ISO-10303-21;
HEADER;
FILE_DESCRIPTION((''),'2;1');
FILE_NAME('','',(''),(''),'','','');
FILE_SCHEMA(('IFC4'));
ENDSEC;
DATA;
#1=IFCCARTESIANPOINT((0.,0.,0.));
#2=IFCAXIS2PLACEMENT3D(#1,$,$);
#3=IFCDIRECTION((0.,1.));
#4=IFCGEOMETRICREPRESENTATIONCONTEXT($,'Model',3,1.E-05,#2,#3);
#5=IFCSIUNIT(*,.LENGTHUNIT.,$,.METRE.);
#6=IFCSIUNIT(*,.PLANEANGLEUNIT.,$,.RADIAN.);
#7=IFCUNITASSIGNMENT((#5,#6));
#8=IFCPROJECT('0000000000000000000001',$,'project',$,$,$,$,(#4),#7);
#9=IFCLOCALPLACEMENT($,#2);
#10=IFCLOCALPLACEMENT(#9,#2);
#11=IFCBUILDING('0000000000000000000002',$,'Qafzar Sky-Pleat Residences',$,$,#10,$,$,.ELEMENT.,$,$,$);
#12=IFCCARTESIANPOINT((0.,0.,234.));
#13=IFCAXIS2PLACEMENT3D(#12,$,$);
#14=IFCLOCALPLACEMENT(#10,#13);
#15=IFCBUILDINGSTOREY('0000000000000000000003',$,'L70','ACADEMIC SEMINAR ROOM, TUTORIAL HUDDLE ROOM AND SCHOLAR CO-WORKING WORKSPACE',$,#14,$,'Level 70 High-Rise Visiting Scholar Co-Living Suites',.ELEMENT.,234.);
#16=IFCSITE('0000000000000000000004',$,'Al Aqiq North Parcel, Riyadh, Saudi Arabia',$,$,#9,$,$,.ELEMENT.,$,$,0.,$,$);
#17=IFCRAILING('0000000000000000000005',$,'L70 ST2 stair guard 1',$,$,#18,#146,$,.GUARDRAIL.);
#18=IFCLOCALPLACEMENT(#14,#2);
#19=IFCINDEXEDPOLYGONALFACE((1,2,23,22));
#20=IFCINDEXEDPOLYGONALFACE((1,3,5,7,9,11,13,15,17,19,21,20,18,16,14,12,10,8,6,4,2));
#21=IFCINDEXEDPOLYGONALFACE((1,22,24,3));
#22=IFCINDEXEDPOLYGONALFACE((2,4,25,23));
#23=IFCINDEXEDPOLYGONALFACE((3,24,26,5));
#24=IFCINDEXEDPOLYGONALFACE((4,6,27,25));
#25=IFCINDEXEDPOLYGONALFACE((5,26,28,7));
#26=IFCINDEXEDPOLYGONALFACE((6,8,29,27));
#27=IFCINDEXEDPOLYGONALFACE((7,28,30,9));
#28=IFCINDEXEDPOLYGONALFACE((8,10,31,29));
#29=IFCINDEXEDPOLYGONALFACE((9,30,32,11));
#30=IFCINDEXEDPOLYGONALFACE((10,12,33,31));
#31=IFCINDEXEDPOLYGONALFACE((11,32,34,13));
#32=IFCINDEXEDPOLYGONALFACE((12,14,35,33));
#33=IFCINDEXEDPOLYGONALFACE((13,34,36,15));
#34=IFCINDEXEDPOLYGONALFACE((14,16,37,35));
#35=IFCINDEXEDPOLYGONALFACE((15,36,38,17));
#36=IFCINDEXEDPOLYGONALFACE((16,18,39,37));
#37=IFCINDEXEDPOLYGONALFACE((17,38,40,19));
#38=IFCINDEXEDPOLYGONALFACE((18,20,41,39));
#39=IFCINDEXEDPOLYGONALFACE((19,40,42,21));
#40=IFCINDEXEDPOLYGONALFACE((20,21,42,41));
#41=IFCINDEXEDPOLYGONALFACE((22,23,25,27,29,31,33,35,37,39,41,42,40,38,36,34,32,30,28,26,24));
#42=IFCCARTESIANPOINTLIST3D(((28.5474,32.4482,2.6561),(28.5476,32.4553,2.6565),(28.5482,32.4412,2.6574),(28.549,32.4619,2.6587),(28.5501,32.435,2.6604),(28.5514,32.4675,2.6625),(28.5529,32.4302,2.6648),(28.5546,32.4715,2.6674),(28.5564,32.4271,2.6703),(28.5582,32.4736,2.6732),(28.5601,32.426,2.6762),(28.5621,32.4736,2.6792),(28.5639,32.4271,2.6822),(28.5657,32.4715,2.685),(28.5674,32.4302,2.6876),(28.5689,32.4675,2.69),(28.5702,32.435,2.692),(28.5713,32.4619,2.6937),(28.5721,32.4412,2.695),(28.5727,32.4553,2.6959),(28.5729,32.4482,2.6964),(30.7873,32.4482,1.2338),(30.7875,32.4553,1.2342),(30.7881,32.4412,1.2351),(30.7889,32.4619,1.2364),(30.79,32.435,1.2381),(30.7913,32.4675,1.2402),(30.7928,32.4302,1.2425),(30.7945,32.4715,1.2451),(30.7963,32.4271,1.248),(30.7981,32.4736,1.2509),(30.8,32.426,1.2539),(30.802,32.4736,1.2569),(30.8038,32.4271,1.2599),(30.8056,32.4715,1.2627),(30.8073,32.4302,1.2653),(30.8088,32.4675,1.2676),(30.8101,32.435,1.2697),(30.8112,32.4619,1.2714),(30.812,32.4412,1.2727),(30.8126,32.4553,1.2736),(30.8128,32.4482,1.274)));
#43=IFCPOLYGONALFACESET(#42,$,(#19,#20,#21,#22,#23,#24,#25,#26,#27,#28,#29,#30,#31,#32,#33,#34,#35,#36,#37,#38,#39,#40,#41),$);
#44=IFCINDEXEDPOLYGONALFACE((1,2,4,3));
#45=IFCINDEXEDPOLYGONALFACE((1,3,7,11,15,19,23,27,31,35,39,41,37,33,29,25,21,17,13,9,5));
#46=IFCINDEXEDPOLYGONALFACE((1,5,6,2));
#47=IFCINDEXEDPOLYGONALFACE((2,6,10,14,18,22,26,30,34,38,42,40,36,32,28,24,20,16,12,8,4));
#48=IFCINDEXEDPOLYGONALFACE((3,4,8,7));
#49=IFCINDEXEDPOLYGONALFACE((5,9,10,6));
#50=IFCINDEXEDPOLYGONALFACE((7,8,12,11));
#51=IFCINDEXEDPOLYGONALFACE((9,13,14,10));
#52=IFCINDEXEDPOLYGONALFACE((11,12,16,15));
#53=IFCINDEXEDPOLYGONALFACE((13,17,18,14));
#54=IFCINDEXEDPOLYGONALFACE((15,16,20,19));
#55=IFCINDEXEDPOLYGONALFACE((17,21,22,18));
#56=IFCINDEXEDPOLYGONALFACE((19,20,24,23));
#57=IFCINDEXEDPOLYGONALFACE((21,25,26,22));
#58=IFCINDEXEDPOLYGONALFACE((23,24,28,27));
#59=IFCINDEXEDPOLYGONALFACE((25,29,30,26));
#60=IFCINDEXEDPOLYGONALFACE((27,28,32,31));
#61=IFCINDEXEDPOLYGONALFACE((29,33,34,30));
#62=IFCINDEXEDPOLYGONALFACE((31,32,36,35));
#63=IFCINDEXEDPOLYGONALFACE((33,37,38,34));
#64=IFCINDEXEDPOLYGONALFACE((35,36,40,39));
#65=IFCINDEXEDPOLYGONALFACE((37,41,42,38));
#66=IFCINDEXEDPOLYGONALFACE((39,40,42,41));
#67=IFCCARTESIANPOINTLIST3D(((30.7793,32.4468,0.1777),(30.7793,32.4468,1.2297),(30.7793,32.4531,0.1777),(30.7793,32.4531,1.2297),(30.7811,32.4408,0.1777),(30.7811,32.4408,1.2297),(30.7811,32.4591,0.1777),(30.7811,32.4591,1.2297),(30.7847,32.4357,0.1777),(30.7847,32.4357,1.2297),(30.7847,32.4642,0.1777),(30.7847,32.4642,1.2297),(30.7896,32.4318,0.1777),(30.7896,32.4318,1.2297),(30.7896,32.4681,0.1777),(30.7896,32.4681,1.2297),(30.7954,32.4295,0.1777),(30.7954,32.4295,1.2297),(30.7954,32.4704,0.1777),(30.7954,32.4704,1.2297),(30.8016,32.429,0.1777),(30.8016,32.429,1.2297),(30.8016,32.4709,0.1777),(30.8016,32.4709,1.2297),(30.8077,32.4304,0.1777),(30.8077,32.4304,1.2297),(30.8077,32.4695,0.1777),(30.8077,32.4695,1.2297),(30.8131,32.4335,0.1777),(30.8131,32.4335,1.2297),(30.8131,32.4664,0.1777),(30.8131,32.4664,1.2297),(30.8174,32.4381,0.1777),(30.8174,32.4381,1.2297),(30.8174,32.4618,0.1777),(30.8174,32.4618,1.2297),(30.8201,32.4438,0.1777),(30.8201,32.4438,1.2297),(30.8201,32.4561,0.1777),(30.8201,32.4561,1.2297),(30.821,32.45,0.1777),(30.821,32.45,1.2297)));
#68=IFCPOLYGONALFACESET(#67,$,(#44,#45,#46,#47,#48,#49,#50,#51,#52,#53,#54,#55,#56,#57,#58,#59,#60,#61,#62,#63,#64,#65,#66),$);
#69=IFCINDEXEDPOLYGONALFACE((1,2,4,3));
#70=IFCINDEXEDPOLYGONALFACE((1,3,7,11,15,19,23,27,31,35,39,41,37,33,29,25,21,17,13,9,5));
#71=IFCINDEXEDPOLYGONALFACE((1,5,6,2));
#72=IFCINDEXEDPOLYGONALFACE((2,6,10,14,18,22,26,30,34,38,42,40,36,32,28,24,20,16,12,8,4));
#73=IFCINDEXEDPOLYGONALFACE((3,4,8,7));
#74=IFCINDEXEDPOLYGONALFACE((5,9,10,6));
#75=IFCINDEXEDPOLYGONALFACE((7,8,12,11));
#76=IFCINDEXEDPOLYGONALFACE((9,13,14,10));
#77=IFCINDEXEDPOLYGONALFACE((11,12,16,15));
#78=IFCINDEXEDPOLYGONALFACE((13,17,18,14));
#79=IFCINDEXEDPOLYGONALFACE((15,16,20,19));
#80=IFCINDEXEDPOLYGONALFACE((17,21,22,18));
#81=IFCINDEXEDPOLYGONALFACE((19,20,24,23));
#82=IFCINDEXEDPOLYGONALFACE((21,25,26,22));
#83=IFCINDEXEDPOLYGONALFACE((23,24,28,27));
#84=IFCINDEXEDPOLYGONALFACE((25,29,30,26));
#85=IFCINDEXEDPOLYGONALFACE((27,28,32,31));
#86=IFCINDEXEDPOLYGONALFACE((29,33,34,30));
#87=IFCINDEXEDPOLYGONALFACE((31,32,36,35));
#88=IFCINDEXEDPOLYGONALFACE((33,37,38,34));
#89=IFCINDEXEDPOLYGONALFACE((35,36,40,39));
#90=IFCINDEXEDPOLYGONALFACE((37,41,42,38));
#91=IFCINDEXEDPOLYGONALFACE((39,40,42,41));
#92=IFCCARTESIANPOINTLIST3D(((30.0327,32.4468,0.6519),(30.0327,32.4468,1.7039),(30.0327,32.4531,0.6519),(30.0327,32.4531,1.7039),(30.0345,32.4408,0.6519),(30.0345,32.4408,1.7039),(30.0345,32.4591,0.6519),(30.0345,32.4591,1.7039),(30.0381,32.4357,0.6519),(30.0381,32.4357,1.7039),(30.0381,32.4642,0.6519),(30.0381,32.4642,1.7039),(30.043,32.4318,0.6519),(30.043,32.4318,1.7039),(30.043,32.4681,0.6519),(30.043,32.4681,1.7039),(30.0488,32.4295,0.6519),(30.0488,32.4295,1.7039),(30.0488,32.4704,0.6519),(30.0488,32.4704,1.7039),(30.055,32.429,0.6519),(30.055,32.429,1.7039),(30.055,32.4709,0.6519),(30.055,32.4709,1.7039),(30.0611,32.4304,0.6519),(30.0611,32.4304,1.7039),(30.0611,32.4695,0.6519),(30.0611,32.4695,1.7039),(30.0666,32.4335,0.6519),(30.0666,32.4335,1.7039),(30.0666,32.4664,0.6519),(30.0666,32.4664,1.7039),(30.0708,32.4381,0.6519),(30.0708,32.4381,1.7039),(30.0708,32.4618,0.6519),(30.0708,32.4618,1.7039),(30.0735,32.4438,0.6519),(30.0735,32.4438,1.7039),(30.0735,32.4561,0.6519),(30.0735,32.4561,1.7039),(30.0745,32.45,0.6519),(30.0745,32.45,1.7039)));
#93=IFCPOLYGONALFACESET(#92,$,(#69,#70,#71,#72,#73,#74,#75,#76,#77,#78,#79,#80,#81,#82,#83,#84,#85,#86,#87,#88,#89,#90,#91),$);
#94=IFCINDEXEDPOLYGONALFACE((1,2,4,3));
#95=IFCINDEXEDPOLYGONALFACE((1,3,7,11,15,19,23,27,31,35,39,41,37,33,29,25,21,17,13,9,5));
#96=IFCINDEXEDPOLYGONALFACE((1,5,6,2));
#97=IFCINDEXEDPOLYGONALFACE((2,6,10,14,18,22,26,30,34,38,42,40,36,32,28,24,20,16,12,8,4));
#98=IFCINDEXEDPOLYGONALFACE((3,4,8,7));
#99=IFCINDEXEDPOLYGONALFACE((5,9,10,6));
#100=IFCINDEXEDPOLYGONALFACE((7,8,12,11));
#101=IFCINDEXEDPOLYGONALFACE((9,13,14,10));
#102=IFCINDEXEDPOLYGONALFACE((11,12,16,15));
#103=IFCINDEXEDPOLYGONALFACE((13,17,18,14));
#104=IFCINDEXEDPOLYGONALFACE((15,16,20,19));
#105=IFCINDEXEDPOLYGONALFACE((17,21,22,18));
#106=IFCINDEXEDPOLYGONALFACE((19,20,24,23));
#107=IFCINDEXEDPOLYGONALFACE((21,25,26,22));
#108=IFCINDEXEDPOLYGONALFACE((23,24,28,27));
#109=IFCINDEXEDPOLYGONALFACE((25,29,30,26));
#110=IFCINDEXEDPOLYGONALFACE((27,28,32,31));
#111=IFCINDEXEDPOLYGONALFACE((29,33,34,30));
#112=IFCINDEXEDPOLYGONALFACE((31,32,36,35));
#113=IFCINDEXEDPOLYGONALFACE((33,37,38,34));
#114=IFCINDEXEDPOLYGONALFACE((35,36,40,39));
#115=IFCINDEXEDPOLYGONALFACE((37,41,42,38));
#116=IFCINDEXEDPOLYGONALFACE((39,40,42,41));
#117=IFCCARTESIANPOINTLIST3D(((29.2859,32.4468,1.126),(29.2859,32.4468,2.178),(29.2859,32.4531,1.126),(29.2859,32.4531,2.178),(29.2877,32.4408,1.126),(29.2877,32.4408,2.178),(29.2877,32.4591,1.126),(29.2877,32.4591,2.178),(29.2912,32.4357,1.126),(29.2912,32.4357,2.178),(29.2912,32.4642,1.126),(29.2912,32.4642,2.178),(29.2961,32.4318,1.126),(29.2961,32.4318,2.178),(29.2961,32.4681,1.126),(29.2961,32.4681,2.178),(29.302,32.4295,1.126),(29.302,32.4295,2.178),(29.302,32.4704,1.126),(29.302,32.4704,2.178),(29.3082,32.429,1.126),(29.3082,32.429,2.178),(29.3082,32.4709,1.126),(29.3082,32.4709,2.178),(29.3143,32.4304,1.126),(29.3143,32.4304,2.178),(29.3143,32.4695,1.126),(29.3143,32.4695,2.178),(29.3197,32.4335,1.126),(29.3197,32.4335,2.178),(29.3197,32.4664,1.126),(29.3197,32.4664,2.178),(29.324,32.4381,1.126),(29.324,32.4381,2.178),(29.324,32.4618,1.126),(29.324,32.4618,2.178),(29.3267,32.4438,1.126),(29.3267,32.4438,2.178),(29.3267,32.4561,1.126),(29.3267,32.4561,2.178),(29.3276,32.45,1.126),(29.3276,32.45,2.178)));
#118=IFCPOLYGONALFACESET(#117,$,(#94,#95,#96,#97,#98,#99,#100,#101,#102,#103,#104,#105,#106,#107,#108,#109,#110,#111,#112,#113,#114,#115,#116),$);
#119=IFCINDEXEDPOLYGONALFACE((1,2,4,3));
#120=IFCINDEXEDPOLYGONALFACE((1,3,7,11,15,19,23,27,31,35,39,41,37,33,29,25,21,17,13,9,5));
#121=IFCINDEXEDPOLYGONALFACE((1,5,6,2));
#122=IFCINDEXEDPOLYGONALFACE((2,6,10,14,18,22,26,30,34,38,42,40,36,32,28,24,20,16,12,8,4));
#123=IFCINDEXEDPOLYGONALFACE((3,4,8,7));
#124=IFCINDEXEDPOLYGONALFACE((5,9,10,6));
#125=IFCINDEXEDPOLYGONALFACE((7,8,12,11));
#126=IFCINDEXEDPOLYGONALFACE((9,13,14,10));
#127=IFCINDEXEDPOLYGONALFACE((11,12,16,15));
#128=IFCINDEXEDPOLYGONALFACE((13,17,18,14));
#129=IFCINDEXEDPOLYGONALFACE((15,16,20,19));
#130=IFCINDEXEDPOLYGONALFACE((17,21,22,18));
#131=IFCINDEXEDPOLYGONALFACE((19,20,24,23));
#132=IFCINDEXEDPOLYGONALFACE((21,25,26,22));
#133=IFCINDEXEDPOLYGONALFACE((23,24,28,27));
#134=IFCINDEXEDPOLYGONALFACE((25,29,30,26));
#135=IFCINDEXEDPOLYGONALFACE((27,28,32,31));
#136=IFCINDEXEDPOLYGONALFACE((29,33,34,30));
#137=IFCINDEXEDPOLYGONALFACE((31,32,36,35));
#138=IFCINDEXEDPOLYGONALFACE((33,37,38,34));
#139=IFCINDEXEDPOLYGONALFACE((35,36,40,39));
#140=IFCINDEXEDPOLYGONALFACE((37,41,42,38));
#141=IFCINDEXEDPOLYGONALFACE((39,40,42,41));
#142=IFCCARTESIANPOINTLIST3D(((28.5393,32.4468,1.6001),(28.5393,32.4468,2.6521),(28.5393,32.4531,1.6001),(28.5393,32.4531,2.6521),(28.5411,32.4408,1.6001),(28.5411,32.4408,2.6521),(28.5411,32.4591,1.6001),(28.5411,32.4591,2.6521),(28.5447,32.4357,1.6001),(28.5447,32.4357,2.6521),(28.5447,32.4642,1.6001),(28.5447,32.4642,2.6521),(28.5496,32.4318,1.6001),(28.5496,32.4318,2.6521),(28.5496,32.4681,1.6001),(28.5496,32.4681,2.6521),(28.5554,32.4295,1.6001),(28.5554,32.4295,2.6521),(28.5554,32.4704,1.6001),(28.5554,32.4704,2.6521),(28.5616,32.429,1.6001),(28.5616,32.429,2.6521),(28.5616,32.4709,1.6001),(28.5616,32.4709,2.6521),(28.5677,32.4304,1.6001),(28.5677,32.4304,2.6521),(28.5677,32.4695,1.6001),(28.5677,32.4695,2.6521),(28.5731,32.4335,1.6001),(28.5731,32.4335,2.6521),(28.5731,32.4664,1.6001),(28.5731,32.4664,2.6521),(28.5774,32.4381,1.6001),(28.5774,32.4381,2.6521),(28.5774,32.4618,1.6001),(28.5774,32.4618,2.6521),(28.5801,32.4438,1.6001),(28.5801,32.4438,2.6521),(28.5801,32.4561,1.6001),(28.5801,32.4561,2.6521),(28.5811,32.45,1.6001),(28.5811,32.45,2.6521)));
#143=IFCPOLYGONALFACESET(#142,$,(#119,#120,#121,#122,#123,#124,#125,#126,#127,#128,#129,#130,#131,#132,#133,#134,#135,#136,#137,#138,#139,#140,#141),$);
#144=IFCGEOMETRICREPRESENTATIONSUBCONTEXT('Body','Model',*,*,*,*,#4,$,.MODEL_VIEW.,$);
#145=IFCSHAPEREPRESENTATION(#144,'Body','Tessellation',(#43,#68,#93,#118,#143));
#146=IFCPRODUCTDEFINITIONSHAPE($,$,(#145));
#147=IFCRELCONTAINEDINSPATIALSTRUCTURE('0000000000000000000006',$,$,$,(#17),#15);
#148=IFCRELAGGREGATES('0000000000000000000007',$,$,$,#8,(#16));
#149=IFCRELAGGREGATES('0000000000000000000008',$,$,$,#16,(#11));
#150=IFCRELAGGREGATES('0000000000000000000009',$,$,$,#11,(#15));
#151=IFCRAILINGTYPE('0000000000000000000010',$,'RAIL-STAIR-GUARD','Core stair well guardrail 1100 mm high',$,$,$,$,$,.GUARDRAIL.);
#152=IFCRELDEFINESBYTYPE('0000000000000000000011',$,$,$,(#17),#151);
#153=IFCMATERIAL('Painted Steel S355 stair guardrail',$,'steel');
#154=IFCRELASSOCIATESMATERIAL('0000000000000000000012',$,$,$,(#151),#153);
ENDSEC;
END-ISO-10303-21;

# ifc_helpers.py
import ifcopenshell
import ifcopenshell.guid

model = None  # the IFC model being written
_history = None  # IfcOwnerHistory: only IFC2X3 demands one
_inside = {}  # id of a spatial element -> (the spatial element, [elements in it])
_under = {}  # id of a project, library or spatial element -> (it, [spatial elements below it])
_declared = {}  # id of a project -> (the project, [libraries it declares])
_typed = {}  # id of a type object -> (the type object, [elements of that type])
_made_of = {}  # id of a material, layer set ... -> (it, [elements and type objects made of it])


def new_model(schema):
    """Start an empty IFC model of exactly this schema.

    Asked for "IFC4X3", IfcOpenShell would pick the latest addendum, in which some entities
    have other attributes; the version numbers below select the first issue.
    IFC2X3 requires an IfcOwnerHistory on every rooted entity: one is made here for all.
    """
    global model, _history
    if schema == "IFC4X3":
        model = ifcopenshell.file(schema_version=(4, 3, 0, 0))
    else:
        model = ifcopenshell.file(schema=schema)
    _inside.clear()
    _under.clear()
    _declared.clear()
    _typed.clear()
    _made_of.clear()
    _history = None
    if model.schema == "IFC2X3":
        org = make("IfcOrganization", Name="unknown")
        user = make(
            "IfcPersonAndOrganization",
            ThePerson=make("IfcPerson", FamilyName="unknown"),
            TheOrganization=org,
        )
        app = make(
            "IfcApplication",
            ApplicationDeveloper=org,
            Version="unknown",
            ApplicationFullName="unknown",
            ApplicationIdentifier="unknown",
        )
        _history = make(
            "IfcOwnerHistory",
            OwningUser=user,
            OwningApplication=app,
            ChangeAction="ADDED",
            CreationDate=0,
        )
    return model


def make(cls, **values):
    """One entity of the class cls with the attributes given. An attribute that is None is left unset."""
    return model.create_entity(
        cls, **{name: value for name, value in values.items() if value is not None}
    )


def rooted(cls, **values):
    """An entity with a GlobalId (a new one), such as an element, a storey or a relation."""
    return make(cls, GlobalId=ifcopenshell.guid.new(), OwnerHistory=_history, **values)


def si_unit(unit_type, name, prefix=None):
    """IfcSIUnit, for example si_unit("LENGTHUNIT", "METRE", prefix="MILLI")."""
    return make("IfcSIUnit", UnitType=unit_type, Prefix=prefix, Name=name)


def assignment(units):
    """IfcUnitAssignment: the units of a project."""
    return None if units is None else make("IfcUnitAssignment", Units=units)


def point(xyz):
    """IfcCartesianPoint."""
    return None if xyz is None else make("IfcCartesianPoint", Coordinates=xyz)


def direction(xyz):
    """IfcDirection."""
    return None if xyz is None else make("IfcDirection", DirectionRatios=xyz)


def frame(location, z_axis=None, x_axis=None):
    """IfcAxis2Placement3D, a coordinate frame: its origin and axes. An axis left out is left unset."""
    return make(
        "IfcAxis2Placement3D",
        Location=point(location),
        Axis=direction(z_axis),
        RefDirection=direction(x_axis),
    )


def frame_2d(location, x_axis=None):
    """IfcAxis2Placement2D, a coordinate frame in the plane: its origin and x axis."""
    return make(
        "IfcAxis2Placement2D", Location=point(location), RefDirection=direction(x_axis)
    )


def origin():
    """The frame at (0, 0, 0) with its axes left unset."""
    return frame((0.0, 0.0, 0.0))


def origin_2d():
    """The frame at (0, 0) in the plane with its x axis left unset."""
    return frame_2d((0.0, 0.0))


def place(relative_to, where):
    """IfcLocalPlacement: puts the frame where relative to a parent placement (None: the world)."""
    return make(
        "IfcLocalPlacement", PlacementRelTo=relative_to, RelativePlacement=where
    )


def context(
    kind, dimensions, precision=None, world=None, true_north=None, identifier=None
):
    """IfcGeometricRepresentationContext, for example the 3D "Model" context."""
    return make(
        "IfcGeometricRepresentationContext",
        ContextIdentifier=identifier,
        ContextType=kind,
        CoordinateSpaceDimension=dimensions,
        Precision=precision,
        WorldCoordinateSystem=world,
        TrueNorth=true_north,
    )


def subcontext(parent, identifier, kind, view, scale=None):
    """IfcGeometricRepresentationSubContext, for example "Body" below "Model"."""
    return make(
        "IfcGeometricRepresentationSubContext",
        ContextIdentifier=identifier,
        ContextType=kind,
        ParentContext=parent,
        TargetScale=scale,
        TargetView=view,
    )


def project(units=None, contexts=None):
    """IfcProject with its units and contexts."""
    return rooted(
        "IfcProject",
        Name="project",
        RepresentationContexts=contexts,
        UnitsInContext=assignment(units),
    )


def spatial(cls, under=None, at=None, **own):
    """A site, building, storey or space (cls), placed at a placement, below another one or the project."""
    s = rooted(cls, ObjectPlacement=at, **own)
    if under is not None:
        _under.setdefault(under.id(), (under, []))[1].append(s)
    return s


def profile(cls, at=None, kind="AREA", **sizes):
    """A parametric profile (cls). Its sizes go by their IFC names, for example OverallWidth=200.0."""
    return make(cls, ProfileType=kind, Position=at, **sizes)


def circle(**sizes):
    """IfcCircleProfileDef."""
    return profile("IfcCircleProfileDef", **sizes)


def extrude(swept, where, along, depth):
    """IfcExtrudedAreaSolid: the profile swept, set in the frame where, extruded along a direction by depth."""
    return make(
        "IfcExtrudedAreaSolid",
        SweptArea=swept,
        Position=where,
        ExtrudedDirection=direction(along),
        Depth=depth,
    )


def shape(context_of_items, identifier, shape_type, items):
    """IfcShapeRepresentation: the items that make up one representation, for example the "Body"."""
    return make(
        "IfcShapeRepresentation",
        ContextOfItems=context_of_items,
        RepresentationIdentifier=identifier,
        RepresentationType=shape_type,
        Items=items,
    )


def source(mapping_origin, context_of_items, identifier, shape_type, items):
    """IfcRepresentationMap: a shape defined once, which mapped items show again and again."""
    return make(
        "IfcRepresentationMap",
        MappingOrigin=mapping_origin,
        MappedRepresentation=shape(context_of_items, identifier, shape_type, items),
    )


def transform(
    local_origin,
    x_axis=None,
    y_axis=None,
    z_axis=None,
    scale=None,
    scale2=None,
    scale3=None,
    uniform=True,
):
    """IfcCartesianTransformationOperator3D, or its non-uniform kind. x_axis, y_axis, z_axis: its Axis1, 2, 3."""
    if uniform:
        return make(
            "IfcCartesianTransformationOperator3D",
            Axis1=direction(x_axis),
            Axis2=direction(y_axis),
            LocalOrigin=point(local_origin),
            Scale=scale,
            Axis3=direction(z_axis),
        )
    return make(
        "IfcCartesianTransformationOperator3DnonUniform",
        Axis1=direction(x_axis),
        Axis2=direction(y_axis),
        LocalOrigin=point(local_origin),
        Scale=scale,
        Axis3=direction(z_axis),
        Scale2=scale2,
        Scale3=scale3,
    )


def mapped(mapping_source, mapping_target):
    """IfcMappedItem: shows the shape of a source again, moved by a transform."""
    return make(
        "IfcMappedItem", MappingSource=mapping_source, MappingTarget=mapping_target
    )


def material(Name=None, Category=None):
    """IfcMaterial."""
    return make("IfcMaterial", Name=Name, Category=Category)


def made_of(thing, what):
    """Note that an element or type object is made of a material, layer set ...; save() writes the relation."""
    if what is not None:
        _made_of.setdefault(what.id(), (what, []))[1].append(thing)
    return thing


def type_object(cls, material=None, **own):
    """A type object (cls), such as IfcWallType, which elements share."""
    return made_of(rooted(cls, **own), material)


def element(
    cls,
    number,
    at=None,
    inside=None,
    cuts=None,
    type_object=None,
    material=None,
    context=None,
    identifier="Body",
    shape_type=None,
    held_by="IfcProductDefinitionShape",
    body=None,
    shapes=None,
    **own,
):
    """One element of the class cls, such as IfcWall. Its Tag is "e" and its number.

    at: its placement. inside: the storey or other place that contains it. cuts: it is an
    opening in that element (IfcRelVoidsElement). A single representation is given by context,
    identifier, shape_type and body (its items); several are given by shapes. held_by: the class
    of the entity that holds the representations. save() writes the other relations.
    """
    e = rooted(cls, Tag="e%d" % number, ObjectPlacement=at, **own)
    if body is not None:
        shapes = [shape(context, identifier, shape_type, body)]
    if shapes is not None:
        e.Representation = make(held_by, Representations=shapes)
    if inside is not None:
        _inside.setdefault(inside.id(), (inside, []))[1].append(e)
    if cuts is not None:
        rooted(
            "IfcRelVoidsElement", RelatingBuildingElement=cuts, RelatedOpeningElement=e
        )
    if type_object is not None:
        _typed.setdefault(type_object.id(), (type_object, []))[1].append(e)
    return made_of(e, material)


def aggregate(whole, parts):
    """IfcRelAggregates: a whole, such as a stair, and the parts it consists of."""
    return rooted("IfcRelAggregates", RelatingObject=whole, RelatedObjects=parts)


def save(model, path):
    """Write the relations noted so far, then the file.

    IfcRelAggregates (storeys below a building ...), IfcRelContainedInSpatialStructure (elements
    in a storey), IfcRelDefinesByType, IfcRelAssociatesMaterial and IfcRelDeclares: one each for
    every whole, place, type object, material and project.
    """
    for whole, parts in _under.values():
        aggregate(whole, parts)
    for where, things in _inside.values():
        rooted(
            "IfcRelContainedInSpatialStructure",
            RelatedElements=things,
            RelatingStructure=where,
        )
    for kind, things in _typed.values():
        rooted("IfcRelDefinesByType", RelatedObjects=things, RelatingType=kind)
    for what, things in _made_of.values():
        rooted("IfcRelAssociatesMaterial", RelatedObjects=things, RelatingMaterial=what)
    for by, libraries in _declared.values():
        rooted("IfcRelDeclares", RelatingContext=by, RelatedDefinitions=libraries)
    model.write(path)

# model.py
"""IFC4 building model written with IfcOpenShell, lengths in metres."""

from ifc_helpers import new_model, si_unit, direction, frame, origin, origin_2d, place, context, subcontext, project, spatial, circle, extrude, source, transform, mapped, material, type_object, element, save


model = new_model("IFC4")

# Units and contexts
model_context = context("Model", 3, precision=1e-05, world=origin(), true_north=direction((0.0, 1.0)))
body_context = subcontext(model_context, "Body", "Model", "MODEL_VIEW")
ifc_project = project(units=[si_unit("LENGTHUNIT", "METRE"), si_unit("PLANEANGLEUNIT", "RADIAN")], contexts=[model_context])

# Site, building, storey
site_placement = place(None, origin())
site = spatial("IfcSite", under=ifc_project, at=site_placement, Name="Al Aqiq North Parcel, Riyadh, Saudi Arabia", CompositionType="ELEMENT", RefElevation=0.0)
building_placement = place(site_placement, origin())
building = spatial("IfcBuilding", under=site, at=building_placement, Name="Qafzar Sky-Pleat Residences", CompositionType="ELEMENT")
storey_placement = place(building_placement, frame((0.0, 0.0, 234.0)))
storey = spatial("IfcBuildingStorey", under=building, at=storey_placement, Name="L70", Description="ACADEMIC SEMINAR ROOM, TUTORIAL HUDDLE ROOM AND SCHOLAR CO-WORKING WORKSPACE", LongName="Level 70 High-Rise Visiting Scholar Co-Living Suites", CompositionType="ELEMENT", Elevation=234.0)

# Railing
ifc_material_1 = material(Name="Painted Steel S355 stair guardrail", Category="steel")
railing_type_1 = type_object("IfcRailingType", Name="RAIL-STAIR-GUARD", Description="Core stair well guardrail 1100 mm high", PredefinedType="GUARDRAIL", material=ifc_material_1)
shared_shape_1 = source(origin(), body_context, "Body", "SweptSolid", [
    extrude(circle(Radius=0.0239, at=origin_2d()), frame((0.0, 0.0, 1.0762), z_axis=(-0.844188, 0.0, 0.536048), x_axis=(0.0, -1.0, 0.0)), (0.0, 0.0, 1.0), 2.6533),
    extrude(circle(Radius=0.021, at=origin_2d()), origin(), (0.0, 0.0, 1.0), 1.052),
    extrude(circle(Radius=0.021, at=origin_2d()), frame((-0.7466, 0.0, 0.4741)), (0.0, 0.0, 1.0), 1.052),
    extrude(circle(Radius=0.021, at=origin_2d()), frame((-1.4934, 0.0, 0.9482)), (0.0, 0.0, 1.0), 1.052),
    extrude(circle(Radius=0.021, at=origin_2d()), frame((-2.24, 0.0, 1.4224)), (0.0, 0.0, 1.0), 1.052),
])
railing_1_placement = place(storey_placement, frame((30.8, 32.45, 0.1777)))
element("IfcRailing", 1, at=railing_1_placement, inside=storey, type_object=railing_type_1, Name="L70 ST2 stair guard 1", PredefinedType="GUARDRAIL", context=body_context, shape_type="MappedRepresentation", body=[
    mapped(shared_shape_1, transform((0.0, 0.0, 0.0), x_axis=(1.0, 0.0, 0.0), y_axis=(0.0, 1.0, 0.0), z_axis=(0.0, 0.0, 1.0), scale=1.0)),
])

save(model, "model.ifc")
